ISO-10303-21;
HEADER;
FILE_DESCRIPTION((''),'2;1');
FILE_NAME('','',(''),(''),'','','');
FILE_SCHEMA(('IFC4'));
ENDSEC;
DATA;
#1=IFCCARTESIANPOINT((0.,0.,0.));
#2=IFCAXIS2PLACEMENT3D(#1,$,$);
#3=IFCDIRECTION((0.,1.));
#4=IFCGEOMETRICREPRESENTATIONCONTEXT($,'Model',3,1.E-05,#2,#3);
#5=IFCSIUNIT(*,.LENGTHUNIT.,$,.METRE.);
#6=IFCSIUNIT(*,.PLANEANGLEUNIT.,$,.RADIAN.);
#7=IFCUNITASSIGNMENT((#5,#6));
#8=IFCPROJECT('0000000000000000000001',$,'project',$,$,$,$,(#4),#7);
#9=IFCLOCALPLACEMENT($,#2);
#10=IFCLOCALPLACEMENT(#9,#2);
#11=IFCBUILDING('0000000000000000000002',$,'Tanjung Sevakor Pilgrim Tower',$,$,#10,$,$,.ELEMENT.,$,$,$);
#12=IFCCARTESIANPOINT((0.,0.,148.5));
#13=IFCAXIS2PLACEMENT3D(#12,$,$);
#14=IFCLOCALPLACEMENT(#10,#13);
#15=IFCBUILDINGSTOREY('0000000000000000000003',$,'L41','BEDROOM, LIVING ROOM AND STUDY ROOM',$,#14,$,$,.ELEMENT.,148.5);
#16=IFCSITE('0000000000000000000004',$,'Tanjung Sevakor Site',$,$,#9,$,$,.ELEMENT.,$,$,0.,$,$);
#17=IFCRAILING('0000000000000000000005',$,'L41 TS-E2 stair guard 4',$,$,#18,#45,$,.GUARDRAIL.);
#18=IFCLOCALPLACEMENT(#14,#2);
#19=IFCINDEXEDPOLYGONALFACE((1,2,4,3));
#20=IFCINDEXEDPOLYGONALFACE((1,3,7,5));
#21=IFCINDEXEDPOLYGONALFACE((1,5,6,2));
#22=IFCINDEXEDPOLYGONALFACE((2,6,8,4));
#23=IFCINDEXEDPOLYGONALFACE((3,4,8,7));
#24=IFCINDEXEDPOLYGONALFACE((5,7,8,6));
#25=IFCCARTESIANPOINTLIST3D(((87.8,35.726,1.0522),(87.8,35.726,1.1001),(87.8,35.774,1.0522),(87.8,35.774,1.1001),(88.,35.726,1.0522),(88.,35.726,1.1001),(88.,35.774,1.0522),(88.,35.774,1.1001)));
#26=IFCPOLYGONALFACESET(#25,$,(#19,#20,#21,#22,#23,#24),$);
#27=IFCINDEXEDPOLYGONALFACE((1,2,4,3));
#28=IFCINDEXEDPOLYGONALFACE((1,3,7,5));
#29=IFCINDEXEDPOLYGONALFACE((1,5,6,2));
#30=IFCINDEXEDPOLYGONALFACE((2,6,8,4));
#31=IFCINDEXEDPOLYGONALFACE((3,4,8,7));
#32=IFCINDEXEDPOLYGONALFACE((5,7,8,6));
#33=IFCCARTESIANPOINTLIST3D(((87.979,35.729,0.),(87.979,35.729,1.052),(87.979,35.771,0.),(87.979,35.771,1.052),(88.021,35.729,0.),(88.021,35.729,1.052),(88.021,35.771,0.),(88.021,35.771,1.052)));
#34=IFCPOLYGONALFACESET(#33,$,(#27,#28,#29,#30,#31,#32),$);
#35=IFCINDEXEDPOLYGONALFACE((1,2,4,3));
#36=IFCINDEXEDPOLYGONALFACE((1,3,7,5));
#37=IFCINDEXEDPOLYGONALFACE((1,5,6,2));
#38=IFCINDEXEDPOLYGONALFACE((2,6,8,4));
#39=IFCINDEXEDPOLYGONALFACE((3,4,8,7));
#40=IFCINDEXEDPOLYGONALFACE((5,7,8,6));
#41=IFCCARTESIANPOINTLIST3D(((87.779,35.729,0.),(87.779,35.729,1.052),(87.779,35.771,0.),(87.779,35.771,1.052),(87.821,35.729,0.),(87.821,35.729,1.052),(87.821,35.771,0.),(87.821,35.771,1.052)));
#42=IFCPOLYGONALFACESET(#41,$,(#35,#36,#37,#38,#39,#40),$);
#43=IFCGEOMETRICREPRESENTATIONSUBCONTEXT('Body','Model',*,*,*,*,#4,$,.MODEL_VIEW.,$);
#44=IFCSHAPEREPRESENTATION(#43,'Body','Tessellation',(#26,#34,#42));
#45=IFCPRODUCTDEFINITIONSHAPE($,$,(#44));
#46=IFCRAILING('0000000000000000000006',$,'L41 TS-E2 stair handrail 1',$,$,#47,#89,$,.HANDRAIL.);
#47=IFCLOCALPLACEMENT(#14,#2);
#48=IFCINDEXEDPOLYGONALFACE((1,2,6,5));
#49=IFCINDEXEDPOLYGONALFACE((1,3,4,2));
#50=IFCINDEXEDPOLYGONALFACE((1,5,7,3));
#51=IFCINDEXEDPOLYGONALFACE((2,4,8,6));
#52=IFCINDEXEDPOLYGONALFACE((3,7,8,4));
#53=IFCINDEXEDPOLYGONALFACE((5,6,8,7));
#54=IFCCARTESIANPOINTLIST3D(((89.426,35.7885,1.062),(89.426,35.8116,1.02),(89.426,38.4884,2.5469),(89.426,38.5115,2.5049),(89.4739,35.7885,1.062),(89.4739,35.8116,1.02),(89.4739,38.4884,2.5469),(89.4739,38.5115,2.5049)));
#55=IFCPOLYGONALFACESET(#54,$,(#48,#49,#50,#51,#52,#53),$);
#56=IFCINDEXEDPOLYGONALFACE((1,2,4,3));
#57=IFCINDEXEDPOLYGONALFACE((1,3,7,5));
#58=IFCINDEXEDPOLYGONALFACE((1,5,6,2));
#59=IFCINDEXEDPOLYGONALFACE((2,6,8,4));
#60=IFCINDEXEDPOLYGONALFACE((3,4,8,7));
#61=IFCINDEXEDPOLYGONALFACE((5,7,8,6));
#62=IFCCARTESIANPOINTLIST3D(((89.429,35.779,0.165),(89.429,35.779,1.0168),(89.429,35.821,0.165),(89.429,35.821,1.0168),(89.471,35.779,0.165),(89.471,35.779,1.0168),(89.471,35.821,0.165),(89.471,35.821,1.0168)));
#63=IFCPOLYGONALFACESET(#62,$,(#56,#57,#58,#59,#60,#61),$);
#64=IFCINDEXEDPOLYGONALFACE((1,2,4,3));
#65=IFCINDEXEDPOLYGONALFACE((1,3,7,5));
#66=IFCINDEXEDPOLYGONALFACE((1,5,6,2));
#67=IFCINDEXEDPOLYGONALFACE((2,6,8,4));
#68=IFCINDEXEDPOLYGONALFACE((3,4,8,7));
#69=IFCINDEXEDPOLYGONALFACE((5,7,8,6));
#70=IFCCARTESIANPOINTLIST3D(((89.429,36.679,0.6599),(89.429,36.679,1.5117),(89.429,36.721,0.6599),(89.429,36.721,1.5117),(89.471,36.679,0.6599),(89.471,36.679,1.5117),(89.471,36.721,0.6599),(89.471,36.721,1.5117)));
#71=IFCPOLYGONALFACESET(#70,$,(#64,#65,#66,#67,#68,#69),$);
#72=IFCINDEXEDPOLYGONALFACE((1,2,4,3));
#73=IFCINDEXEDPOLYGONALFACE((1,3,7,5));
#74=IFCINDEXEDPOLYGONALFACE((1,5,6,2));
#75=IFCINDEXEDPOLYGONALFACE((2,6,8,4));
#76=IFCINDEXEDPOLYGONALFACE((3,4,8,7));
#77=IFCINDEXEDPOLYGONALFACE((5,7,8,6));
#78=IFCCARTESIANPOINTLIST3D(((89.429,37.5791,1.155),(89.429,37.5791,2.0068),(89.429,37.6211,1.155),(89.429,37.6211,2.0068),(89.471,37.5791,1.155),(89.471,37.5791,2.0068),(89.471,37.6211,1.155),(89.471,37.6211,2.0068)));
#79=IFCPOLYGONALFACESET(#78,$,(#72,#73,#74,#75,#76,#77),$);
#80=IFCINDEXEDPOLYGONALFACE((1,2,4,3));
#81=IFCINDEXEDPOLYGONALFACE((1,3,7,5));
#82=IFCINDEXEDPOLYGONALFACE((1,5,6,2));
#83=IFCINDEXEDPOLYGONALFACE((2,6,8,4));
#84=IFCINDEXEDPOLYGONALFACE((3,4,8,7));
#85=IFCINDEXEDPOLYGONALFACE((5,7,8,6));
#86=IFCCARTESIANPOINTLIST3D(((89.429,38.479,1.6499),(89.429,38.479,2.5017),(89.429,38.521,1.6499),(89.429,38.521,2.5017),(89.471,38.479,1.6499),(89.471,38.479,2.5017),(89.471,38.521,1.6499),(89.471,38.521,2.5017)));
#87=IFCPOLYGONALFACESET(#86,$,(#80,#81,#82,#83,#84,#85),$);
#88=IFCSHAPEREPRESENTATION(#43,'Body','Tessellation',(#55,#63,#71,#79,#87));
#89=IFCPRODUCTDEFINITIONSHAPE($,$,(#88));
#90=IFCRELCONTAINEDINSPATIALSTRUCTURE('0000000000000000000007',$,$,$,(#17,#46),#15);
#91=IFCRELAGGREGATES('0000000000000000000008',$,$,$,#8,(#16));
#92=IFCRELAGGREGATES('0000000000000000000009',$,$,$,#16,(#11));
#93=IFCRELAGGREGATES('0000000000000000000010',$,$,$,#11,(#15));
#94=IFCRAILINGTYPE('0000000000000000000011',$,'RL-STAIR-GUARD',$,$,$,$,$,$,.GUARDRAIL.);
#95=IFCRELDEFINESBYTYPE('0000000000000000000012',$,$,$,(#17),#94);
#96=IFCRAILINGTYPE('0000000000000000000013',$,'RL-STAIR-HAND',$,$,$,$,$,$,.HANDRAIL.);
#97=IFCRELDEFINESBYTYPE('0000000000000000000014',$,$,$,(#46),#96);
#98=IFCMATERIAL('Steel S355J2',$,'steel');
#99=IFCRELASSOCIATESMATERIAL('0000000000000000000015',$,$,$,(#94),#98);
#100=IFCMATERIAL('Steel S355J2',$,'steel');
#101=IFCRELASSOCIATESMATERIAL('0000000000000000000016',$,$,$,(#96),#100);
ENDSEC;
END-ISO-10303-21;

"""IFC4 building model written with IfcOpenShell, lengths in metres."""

from ifc_helpers import new_model, si_unit, direction, frame, origin, place, context, subcontext, project, spatial, rectangle, extrude, material, type_object, element, save


model = new_model("IFC4")

# Units and contexts
model_context = context("Model", 3, precision=1e-05, world=origin(), true_north=direction((0.0, 1.0)))
body_context = subcontext(model_context, "Body", "Model", "MODEL_VIEW")
ifc_project = project(units=[si_unit("LENGTHUNIT", "METRE"), si_unit("PLANEANGLEUNIT", "RADIAN")], contexts=[model_context])

# Site, building, storey
site_placement = place(None, origin())
site = spatial("IfcSite", under=ifc_project, at=site_placement, Name="Tanjung Sevakor Site", CompositionType="ELEMENT", RefElevation=0.0)
building_placement = place(site_placement, origin())
building = spatial("IfcBuilding", under=site, at=building_placement, Name="Tanjung Sevakor Pilgrim Tower", CompositionType="ELEMENT")
storey_placement = place(building_placement, frame((0.0, 0.0, 148.5)))
storey = spatial("IfcBuildingStorey", under=building, at=storey_placement, Name="L41", Description="BEDROOM, LIVING ROOM AND STUDY ROOM", CompositionType="ELEMENT", Elevation=148.5)

# Railings
ifc_material_1 = material(Name="Steel S355J2", Category="steel")
railing_type_1 = type_object("IfcRailingType", Name="RL-STAIR-GUARD", PredefinedType="GUARDRAIL", material=ifc_material_1)
railing_1_placement = place(storey_placement, frame((88.0, 35.75, 0.0)))
element("IfcRailing", 1, at=railing_1_placement, inside=storey, type_object=railing_type_1, Name="L41 TS-E2 stair guard 4", PredefinedType="GUARDRAIL", context=body_context, shape_type="SweptSolid", body=[
    extrude(rectangle(XDim=0.0479, YDim=0.0479), frame((0.0, 0.0, 1.0762), z_axis=(-1.0, 0.0, 0.0), x_axis=(0.0, -1.0, 0.0)), (0.0, 0.0, 1.0), 0.2),
    extrude(rectangle(XDim=0.042, YDim=0.042), origin(), (0.0, 0.0, 1.0), 1.052),
    extrude(rectangle(XDim=0.042, YDim=0.042), frame((-0.2, 0.0, 0.0)), (0.0, 0.0, 1.0), 1.052),
])
ifc_material_2 = material(Name="Steel S355J2", Category="steel")
railing_type_2 = type_object("IfcRailingType", Name="RL-STAIR-HAND", PredefinedType="HANDRAIL", material=ifc_material_2)
railing_2_placement = place(storey_placement, frame((89.45, 35.8, 0.165)))
element("IfcRailing", 2, at=railing_2_placement, inside=storey, type_object=railing_type_2, Name="L41 TS-E2 stair handrail 1", PredefinedType="HANDRAIL", context=body_context, shape_type="SweptSolid", body=[
    extrude(rectangle(XDim=0.0479, YDim=0.0479), frame((0.0, 0.0, 0.876), z_axis=(0.0, 0.876231, 0.481891), x_axis=(-1.0, 0.0, 0.0)), (0.0, 0.0, 1.0), 3.0813),
    extrude(rectangle(XDim=0.042, YDim=0.042), origin(), (0.0, 0.0, 1.0), 0.8518),
    extrude(rectangle(XDim=0.042, YDim=0.042), frame((0.0, 0.8999, 0.4949)), (0.0, 0.0, 1.0), 0.8518),
    extrude(rectangle(XDim=0.042, YDim=0.042), frame((0.0, 1.8, 0.99)), (0.0, 0.0, 1.0), 0.8518),
    extrude(rectangle(XDim=0.042, YDim=0.042), frame((0.0, 2.7, 1.4849)), (0.0, 0.0, 1.0), 0.8518),
])

save(model, "model.ifc")
